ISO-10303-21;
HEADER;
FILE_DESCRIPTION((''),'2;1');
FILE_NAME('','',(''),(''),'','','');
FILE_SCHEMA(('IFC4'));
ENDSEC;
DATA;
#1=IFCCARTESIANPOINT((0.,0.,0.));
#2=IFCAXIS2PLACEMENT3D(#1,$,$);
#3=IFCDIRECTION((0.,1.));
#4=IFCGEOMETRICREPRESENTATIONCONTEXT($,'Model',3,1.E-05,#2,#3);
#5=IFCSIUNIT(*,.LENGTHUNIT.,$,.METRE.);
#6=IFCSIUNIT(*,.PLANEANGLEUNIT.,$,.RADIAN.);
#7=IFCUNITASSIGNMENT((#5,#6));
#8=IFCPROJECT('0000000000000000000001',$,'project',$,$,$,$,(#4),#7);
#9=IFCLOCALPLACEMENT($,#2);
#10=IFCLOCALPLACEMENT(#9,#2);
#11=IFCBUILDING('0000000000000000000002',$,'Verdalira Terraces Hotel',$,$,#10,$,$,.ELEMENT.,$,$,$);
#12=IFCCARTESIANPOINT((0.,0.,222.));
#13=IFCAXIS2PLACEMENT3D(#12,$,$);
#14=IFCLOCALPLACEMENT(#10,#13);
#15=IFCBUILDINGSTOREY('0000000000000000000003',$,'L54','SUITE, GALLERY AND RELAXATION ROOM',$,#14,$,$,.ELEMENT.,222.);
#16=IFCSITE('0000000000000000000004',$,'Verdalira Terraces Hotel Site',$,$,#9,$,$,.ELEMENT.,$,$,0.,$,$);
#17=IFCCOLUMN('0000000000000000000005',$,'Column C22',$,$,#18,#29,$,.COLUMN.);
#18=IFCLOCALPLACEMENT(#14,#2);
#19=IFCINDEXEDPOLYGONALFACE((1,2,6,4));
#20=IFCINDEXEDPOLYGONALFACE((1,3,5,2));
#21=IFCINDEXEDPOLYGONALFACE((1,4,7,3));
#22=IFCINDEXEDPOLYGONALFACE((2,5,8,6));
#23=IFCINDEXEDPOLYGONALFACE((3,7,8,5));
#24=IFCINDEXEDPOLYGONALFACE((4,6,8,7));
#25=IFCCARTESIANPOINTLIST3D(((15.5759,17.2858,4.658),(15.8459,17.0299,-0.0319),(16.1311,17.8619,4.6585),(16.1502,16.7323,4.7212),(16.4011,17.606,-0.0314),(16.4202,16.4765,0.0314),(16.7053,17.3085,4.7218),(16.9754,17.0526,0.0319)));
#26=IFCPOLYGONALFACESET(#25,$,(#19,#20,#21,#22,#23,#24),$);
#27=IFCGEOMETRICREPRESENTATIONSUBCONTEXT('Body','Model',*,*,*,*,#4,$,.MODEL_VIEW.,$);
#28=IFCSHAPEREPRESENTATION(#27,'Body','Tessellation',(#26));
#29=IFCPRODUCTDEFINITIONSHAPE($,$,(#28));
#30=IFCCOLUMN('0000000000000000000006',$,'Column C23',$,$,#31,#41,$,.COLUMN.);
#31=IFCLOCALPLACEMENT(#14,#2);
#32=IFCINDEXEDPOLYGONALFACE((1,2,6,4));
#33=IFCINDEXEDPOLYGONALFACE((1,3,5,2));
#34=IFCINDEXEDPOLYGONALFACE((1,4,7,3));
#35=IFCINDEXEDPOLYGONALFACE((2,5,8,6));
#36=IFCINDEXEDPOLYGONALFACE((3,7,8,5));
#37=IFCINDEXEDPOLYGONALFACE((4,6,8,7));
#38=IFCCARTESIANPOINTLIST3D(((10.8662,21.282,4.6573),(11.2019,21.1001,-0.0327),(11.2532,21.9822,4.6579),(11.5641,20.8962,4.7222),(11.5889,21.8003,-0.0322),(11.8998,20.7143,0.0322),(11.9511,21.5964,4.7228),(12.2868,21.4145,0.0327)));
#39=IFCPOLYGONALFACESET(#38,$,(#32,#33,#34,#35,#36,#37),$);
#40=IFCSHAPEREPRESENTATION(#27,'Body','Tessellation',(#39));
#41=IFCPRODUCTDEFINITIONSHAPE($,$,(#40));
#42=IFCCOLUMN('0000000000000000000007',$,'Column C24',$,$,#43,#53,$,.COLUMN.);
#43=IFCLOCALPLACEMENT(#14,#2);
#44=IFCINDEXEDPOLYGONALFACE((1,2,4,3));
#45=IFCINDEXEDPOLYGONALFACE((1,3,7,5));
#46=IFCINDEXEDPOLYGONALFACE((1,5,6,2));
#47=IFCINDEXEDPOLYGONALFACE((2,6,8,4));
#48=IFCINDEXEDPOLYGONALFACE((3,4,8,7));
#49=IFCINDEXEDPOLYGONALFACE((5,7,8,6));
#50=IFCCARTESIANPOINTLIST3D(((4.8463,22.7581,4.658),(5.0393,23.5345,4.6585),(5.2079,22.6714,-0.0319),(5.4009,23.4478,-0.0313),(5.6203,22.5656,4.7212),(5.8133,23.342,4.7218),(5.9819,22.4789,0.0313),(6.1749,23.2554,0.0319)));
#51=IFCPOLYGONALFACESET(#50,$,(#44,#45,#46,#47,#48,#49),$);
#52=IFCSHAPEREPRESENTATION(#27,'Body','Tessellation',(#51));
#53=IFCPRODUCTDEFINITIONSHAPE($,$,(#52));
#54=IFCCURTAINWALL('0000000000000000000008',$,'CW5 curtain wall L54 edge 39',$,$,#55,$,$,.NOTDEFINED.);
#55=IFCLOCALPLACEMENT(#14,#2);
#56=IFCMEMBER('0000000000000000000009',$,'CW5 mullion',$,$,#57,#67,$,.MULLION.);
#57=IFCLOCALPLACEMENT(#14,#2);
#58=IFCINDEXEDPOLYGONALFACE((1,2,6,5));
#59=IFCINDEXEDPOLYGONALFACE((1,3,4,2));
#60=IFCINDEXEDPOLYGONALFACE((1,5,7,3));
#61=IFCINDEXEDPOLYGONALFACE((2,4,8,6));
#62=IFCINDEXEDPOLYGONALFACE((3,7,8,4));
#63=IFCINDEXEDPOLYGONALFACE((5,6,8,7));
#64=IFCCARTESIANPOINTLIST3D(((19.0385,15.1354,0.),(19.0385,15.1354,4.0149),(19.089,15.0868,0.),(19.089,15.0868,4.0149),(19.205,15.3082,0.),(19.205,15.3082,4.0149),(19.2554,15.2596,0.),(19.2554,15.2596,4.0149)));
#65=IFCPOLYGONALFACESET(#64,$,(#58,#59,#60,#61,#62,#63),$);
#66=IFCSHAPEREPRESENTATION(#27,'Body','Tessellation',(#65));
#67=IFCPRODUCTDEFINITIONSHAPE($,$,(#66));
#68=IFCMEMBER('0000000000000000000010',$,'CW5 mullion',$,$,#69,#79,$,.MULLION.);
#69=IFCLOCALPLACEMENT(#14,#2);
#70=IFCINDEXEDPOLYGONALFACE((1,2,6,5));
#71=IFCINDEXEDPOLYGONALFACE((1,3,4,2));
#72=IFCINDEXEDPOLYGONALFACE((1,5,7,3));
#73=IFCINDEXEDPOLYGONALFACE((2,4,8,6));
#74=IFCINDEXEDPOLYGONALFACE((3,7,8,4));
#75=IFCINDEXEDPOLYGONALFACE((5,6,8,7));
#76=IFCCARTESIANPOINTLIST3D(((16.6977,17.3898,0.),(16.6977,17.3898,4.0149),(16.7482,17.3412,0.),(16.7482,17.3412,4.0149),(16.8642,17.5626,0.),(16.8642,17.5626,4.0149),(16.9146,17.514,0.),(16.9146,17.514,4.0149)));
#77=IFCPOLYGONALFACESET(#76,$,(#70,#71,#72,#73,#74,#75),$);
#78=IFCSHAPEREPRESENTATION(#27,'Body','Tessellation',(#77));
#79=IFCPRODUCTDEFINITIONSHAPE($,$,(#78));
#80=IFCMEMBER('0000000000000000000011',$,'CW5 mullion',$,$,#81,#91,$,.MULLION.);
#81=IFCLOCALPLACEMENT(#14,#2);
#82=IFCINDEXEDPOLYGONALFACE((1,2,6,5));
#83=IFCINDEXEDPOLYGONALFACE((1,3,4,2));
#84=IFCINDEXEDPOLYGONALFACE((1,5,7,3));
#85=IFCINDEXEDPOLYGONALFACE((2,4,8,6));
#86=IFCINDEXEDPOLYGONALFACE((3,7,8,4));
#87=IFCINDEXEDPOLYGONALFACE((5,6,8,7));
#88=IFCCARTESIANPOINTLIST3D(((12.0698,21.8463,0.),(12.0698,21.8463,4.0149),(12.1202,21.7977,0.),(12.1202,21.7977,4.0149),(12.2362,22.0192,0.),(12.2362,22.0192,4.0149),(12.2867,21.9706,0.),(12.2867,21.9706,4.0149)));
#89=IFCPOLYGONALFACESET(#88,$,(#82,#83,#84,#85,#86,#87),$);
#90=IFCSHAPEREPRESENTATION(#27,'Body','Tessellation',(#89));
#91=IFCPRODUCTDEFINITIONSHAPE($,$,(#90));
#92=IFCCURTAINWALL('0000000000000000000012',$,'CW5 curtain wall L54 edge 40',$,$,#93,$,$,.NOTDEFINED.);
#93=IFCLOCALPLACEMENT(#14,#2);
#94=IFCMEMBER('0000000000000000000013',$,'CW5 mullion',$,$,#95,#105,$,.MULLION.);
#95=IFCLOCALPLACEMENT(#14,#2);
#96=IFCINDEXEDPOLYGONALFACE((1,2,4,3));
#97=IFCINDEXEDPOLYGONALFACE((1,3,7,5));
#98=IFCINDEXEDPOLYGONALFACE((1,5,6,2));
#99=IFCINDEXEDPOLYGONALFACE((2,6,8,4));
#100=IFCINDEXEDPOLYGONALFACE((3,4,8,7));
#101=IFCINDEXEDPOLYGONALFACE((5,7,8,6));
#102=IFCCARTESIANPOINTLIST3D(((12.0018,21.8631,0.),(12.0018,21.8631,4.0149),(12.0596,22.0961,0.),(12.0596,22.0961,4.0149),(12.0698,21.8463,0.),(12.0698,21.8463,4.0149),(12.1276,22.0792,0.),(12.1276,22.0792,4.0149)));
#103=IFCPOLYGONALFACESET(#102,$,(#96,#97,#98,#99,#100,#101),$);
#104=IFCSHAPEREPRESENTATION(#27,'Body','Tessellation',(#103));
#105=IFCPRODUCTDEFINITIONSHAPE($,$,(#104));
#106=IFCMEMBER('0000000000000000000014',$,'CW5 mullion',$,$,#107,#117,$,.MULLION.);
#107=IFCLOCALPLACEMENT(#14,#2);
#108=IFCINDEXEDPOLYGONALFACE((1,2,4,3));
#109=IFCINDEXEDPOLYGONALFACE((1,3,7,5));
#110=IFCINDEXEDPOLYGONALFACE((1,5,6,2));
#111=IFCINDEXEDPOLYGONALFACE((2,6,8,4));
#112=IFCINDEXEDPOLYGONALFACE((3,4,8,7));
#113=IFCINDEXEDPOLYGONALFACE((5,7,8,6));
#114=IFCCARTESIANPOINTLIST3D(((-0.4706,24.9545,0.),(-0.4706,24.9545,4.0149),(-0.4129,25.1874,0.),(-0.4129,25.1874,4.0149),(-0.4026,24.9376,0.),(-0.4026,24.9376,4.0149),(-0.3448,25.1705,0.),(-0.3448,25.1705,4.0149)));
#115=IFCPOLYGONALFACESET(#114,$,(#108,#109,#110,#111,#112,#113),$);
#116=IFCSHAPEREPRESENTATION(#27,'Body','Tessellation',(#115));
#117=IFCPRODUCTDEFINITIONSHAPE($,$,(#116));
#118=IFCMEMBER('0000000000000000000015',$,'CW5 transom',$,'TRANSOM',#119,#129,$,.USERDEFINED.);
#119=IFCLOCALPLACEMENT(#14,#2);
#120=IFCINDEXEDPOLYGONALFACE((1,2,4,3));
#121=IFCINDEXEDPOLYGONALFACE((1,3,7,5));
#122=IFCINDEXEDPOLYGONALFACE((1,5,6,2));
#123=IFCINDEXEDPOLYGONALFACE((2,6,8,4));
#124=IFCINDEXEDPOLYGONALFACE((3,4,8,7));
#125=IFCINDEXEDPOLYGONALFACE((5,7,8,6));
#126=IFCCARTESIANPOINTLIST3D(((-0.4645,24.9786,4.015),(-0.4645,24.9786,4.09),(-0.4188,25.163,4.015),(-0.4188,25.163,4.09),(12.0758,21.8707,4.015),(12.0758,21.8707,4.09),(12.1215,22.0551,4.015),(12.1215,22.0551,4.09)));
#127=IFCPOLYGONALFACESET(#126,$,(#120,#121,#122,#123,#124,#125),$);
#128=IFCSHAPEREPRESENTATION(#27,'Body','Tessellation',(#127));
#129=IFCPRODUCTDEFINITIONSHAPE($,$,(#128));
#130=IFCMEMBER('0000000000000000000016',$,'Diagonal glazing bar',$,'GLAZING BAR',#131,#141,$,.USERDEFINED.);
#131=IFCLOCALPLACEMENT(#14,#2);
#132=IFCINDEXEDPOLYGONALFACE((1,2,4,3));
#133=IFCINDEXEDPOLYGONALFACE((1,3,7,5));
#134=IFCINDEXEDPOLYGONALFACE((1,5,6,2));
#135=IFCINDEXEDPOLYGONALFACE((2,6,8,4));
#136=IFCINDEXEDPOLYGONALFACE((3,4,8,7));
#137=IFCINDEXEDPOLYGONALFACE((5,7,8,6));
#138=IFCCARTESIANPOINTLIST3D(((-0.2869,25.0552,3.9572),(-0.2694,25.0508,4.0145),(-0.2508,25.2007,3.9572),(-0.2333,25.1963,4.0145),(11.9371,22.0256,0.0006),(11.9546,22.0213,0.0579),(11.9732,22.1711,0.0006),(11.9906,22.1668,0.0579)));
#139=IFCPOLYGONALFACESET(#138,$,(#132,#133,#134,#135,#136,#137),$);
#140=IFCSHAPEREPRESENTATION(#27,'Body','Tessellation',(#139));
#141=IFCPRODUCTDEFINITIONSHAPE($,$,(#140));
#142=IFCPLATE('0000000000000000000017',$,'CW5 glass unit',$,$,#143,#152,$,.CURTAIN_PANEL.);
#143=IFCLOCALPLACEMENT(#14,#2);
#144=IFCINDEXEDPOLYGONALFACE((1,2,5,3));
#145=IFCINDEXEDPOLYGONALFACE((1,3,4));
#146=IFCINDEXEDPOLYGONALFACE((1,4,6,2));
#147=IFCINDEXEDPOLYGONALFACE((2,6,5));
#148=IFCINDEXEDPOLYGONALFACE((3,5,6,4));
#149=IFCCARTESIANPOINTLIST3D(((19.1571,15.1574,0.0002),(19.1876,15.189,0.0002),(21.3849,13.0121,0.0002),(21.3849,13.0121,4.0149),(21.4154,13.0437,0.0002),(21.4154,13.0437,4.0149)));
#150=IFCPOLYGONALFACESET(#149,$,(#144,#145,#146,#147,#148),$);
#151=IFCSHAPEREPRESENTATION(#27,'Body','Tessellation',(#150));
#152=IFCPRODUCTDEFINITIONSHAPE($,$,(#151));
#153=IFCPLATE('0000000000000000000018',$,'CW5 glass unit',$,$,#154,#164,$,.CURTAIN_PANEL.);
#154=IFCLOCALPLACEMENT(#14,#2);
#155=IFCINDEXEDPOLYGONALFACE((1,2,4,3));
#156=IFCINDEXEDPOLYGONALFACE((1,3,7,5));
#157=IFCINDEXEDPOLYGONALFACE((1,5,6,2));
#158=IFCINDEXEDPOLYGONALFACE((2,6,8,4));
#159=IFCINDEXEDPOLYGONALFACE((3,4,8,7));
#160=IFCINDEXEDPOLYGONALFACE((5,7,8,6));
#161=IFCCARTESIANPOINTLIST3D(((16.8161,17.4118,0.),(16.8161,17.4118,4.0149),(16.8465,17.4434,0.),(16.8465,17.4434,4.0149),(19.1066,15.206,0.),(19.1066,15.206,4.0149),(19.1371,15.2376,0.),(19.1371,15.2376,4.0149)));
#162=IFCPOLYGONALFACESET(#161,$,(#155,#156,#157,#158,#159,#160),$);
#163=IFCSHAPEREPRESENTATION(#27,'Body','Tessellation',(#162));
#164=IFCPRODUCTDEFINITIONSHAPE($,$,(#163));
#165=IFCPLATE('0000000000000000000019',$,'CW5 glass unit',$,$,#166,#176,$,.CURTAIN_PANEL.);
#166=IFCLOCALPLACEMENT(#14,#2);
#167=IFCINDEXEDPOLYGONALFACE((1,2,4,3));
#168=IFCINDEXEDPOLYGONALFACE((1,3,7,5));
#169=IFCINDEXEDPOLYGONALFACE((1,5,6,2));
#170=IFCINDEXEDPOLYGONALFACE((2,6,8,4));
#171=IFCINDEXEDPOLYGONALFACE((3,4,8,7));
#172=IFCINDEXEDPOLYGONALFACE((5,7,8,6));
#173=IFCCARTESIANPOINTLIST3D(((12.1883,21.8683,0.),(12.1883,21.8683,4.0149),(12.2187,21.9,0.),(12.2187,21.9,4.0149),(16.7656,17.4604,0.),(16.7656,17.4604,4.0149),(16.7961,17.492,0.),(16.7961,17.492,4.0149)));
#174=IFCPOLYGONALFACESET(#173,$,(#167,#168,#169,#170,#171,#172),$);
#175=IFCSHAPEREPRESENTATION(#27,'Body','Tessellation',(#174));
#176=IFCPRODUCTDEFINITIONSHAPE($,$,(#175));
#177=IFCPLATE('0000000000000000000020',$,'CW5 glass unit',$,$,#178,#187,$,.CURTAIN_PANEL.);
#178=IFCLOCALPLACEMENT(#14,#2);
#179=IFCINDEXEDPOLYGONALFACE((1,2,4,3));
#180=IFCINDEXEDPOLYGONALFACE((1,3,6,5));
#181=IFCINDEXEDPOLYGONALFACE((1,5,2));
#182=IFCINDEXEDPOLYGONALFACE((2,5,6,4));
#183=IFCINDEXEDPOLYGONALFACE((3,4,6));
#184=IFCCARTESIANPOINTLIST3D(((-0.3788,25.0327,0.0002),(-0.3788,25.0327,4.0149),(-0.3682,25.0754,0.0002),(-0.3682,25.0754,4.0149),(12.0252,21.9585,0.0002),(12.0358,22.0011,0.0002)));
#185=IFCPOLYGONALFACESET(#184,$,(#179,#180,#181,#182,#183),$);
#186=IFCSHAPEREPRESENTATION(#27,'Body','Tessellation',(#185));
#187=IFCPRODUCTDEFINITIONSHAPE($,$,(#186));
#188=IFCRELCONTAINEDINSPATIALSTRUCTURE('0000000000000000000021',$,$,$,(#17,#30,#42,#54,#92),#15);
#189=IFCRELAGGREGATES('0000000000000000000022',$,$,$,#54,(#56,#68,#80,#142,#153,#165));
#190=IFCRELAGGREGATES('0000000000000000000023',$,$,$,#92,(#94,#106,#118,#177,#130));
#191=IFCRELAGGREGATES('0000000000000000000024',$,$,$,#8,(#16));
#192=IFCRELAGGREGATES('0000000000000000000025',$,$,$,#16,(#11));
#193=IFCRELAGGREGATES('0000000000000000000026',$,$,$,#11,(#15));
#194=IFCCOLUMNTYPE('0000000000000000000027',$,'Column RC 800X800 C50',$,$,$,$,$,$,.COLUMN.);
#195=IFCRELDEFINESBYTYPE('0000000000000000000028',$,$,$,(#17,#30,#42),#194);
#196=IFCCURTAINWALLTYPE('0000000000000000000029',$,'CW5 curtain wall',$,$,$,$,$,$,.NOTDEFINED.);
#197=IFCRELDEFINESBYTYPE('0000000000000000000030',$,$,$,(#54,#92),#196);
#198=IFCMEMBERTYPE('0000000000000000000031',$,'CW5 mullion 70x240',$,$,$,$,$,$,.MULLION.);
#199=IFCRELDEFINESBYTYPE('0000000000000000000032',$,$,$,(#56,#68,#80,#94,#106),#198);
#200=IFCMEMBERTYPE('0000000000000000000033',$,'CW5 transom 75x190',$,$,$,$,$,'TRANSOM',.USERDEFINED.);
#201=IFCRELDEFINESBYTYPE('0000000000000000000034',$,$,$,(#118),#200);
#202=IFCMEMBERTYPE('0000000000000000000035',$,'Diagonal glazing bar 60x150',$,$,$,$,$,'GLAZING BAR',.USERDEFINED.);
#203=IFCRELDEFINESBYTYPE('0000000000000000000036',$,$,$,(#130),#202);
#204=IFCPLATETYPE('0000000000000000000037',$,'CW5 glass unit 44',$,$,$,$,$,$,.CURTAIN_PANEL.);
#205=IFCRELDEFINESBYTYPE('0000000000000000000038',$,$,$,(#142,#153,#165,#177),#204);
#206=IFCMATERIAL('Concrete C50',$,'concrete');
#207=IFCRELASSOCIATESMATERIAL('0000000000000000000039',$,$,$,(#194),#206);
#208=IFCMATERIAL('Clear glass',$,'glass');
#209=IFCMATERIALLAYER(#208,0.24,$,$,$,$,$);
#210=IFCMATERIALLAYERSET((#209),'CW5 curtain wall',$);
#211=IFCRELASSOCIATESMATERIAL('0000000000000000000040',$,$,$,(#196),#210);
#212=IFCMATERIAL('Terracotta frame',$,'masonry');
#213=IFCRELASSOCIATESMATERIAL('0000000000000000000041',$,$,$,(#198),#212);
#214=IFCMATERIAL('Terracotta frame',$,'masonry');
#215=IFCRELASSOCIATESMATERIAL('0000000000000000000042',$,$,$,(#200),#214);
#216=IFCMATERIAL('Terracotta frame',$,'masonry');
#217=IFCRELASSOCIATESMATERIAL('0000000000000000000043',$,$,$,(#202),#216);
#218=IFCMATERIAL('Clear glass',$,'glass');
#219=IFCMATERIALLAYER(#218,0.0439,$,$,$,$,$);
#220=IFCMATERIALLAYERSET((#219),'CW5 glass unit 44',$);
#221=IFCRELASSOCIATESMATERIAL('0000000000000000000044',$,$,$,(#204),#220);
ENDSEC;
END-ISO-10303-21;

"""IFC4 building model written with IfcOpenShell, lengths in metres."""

from ifc_helpers import new_model, si_unit, direction, frame, origin, origin_2d, place, context, subcontext, project, spatial, polyline, rectangle, outline, extrude, material, layer, layer_set, material_profile, profile_set, type_object, element, aggregate, save


model = new_model("IFC4")

# Units and contexts
model_context = context("Model", 3, precision=1e-05, world=origin(), true_north=direction((0.0, 1.0)))
body_context = subcontext(model_context, "Body", "Model", "MODEL_VIEW")
ifc_project = project(units=[si_unit("LENGTHUNIT", "METRE"), si_unit("PLANEANGLEUNIT", "RADIAN")], contexts=[model_context])

# Site, building, storey
site_placement = place(None, origin())
site = spatial("IfcSite", under=ifc_project, at=site_placement, Name="Verdalira Terraces Hotel Site", CompositionType="ELEMENT", RefElevation=0.0)
building_placement = place(site_placement, origin())
building = spatial("IfcBuilding", under=site, at=building_placement, Name="Verdalira Terraces Hotel", CompositionType="ELEMENT")
storey_placement = place(building_placement, frame((0.0, 0.0, 222.0)))
storey = spatial("IfcBuildingStorey", under=building, at=storey_placement, Name="L54", Description="SUITE, GALLERY AND RELAXATION ROOM", CompositionType="ELEMENT", Elevation=222.0)

# Columns
ifc_material_1 = material(Name="Concrete C50", Category="concrete")
ifc_material_profile_1 = material_profile(ifc_material_1, rectangle(XDim=0.8, YDim=0.8, at=origin_2d()), Name="RC 800X800")
ifc_profile_set_1 = profile_set([ifc_material_profile_1], Name="Concrete C50")
column_type = type_object("IfcColumnType", Name="Column RC 800X800 C50", PredefinedType="COLUMN", material=ifc_profile_set_1)
column_1_placement = place(storey_placement, frame((16.4106, 17.0413, 0.0), z_axis=(-0.057394, 0.054384, 0.996869), x_axis=(-0.717805, 0.69174, -0.079065)))
element("IfcColumn", 1, at=column_1_placement, inside=storey, type_object=column_type, Name="Column C22", PredefinedType="COLUMN", context=body_context, shape_type="SweptSolid", body=[
    extrude(rectangle(XDim=0.8, YDim=0.8, at=origin_2d()), origin(), (0.0, 0.0, 1.0), 4.7046),
])
column_2_placement = place(storey_placement, frame((11.7444, 21.2573, 0.0), z_axis=(-0.071341, 0.038654, 0.996703), x_axis=(0.872302, -0.482189, 0.081137)))
element("IfcColumn", 2, at=column_2_placement, inside=storey, type_object=column_type, Name="Column C23", PredefinedType="COLUMN", context=body_context, shape_type="SweptSolid", body=[
    extrude(rectangle(XDim=0.8, YDim=0.8, at=origin_2d()), origin(), (0.0, 0.0, 1.0), 4.7056),
])
column_3_placement = place(storey_placement, frame((5.6914, 22.9634, 0.0), z_axis=(-0.076854, 0.018422, 0.996872), x_axis=(-0.967418, 0.240535, -0.079028)))
element("IfcColumn", 3, at=column_3_placement, inside=storey, type_object=column_type, Name="Column C24", PredefinedType="COLUMN", context=body_context, shape_type="SweptSolid", body=[
    extrude(rectangle(XDim=0.8, YDim=0.8, at=origin_2d()), origin(), (0.0, 0.0, 1.0), 4.7046),
])

# Curtain walls, members
ifc_material_2 = material(Name="Clear glass", Category="glass")
ifc_layer_1 = layer(ifc_material_2, 0.24)
ifc_layer_set_1 = layer_set([ifc_layer_1], Name="CW5 curtain wall")
curtain_wall_type = type_object("IfcCurtainWallType", Name="CW5 curtain wall", PredefinedType="NOTDEFINED", material=ifc_layer_set_1)
curtain_wall_1_placement = place(storey_placement, origin())
curtain_wall_1 = element("IfcCurtainWall", 4, at=curtain_wall_1_placement, inside=storey, type_object=curtain_wall_type, Name="CW5 curtain wall L54 edge 39", PredefinedType="NOTDEFINED")
ifc_material_3 = material(Name="Terracotta frame", Category="masonry")
ifc_material_profile_2 = material_profile(ifc_material_3, rectangle(XDim=0.0701, YDim=0.24, at=origin_2d()), Name="MU 70x240")
ifc_profile_set_2 = profile_set([ifc_material_profile_2], Name="Terracotta frame")
member_type_1 = type_object("IfcMemberType", Name="CW5 mullion 70x240", PredefinedType="MULLION", material=ifc_profile_set_2)
member_1_placement = place(storey_placement, frame((19.147, 15.1975, 0.0), z_axis=(0.0, 0.0, 1.0), x_axis=(-0.720309, 0.693653, 0.0)))
member_1 = element("IfcMember", 5, at=member_1_placement, type_object=member_type_1, Name="CW5 mullion", PredefinedType="MULLION", context=body_context, shape_type="SweptSolid", body=[
    extrude(rectangle(XDim=0.0701, YDim=0.24, at=origin_2d()), origin(), (0.0, 0.0, 1.0), 4.0149),
])
member_2_placement = place(storey_placement, frame((16.8062, 17.4519, 0.0), z_axis=(0.0, 0.0, 1.0), x_axis=(-0.720309, 0.693653, 0.0)))
member_2 = element("IfcMember", 6, at=member_2_placement, type_object=member_type_1, Name="CW5 mullion", PredefinedType="MULLION", context=body_context, shape_type="SweptSolid", body=[
    extrude(rectangle(XDim=0.0701, YDim=0.24, at=origin_2d()), origin(), (0.0, 0.0, 1.0), 4.0149),
])
member_3_placement = place(storey_placement, frame((12.1782, 21.9084, 0.0), z_axis=(0.0, 0.0, 1.0), x_axis=(-0.720309, 0.693653, 0.0)))
member_3 = element("IfcMember", 7, at=member_3_placement, type_object=member_type_1, Name="CW5 mullion", PredefinedType="MULLION", context=body_context, shape_type="SweptSolid", body=[
    extrude(rectangle(XDim=0.0701, YDim=0.24, at=origin_2d()), origin(), (0.0, 0.0, 1.0), 4.0149),
])
curtain_wall_2_placement = place(storey_placement, origin())
curtain_wall_2 = element("IfcCurtainWall", 8, at=curtain_wall_2_placement, inside=storey, type_object=curtain_wall_type, Name="CW5 curtain wall L54 edge 40", PredefinedType="NOTDEFINED")
member_4_placement = place(storey_placement, frame((12.0647, 21.9712, 0.0), z_axis=(0.0, 0.0, 1.0), x_axis=(-0.970633, 0.240567, 0.0)))
member_4 = element("IfcMember", 9, at=member_4_placement, type_object=member_type_1, Name="CW5 mullion", PredefinedType="MULLION", context=body_context, shape_type="SweptSolid", body=[
    extrude(rectangle(XDim=0.0701, YDim=0.24, at=origin_2d()), origin(), (0.0, 0.0, 1.0), 4.0149),
])
member_5_placement = place(storey_placement, frame((-0.4077, 25.0625, 0.0), z_axis=(0.0, 0.0, 1.0), x_axis=(-0.970633, 0.240567, 0.0)))
member_5 = element("IfcMember", 10, at=member_5_placement, type_object=member_type_1, Name="CW5 mullion", PredefinedType="MULLION", context=body_context, shape_type="SweptSolid", body=[
    extrude(rectangle(XDim=0.0701, YDim=0.24, at=origin_2d()), origin(), (0.0, 0.0, 1.0), 4.0149),
])
ifc_material_4 = material(Name="Terracotta frame", Category="masonry")
ifc_material_profile_3 = material_profile(ifc_material_4, rectangle(XDim=0.1899, YDim=0.075, at=origin_2d()), Name="TR 75x190")
ifc_profile_set_3 = profile_set([ifc_material_profile_3], Name="Terracotta frame")
member_type_2 = type_object("IfcMemberType", Name="CW5 transom 75x190", ElementType="TRANSOM", PredefinedType="USERDEFINED", material=ifc_profile_set_3)
member_6_placement = place(storey_placement, frame((12.0986, 21.9629, 4.0525), z_axis=(-0.970635, 0.240557, 0.0), x_axis=(-0.240557, -0.970635, 0.0)))
member_6 = element("IfcMember", 11, at=member_6_placement, type_object=member_type_2, Name="CW5 transom", ObjectType="TRANSOM", PredefinedType="USERDEFINED", context=body_context, shape_type="SweptSolid", body=[
    extrude(rectangle(XDim=0.1899, YDim=0.075, at=origin_2d()), origin(), (0.0, 0.0, 1.0), 12.9197),
])
ifc_material_5 = material(Name="Terracotta frame", Category="masonry")
ifc_material_profile_4 = material_profile(ifc_material_5, rectangle(XDim=0.1499, YDim=0.0601, at=origin_2d()), Name="GB 60x150")
ifc_profile_set_4 = profile_set([ifc_material_profile_4], Name="Terracotta frame")
member_type_3 = type_object("IfcMemberType", Name="Diagonal glazing bar 60x150", ElementType="GLAZING BAR", PredefinedType="USERDEFINED", material=ifc_profile_set_4)
member_7_placement = place(storey_placement, frame((11.9639, 22.0962, 0.0293), z_axis=(-0.92601, 0.2295, 0.299725), x_axis=(-0.24056, -0.970634, 0.0)))
member_7 = element("IfcMember", 12, at=member_7_placement, type_object=member_type_3, Name="Diagonal glazing bar", ObjectType="GLAZING BAR", PredefinedType="USERDEFINED", context=body_context, shape_type="SweptSolid", body=[
    extrude(rectangle(XDim=0.1499, YDim=0.0601, at=origin_2d()), origin(), (0.0, 0.0, 1.0), 13.2007),
])

# Plates
ifc_material_6 = material(Name="Clear glass", Category="glass")
ifc_layer_2 = layer(ifc_material_6, 0.0439)
ifc_layer_set_2 = layer_set([ifc_layer_2], Name="CW5 glass unit 44")
plate_type = type_object("IfcPlateType", Name="CW5 glass unit 44", PredefinedType="CURTAIN_PANEL", material=ifc_layer_set_2)
plate_1_placement = place(storey_placement, frame((20.271, 14.0847, 2.0076), z_axis=(0.693653, 0.720309, 0.0), x_axis=(-0.720309, 0.693653, 0.0)))
plate_1 = element("IfcPlate", 13, at=plate_1_placement, type_object=plate_type, Name="CW5 glass unit", PredefinedType="CURTAIN_PANEL", context=body_context, shape_type="SweptSolid", body=[
    extrude(outline(polyline([(-1.5464, -2.0073), (1.5464, -2.0073), (-1.5464, 2.0073), (-1.5464, -2.0073)])), origin(), (0.0, 0.0, 1.0), 0.0439),
])
plate_2_placement = place(storey_placement, frame((17.9766, 16.3247, 0.0), z_axis=(0.0, 0.0, 1.0), x_axis=(-0.720309, 0.693653, 0.0)))
plate_2 = element("IfcPlate", 14, at=plate_2_placement, type_object=plate_type, Name="CW5 glass unit", PredefinedType="CURTAIN_PANEL", context=body_context, shape_type="SweptSolid", body=[
    extrude(rectangle(XDim=3.1799, YDim=0.0439, at=origin_2d()), origin(), (0.0, 0.0, 1.0), 4.0149),
])
plate_3_placement = place(storey_placement, frame((14.4922, 19.6802, 0.0), z_axis=(0.0, 0.0, 1.0), x_axis=(-0.720309, 0.693653, 0.0)))
plate_3 = element("IfcPlate", 15, at=plate_3_placement, type_object=plate_type, Name="CW5 glass unit", PredefinedType="CURTAIN_PANEL", context=body_context, shape_type="SweptSolid", body=[
    extrude(rectangle(XDim=6.3547, YDim=0.0439, at=origin_2d()), origin(), (0.0, 0.0, 1.0), 4.0149),
])
aggregate(curtain_wall_1, [member_1, member_2, member_3, plate_1, plate_2, plate_3])
plate_4_placement = place(storey_placement, frame((5.8232, 23.4956, 2.0076), z_axis=(0.240567, 0.970633, 0.0), x_axis=(-0.970633, 0.240567, 0.0)))
plate_4 = element("IfcPlate", 16, at=plate_4_placement, type_object=plate_type, Name="CW5 glass unit", PredefinedType="CURTAIN_PANEL", context=body_context, shape_type="SweptSolid", body=[
    extrude(outline(polyline([(-6.3896, -2.0073), (6.3896, -2.0073), (6.3896, 2.0073), (-6.3896, -2.0073)])), origin(), (0.0, 0.0, 1.0), 0.0439),
])
aggregate(curtain_wall_2, [member_4, member_5, member_6, plate_4, member_7])

save(model, "model.ifc")
